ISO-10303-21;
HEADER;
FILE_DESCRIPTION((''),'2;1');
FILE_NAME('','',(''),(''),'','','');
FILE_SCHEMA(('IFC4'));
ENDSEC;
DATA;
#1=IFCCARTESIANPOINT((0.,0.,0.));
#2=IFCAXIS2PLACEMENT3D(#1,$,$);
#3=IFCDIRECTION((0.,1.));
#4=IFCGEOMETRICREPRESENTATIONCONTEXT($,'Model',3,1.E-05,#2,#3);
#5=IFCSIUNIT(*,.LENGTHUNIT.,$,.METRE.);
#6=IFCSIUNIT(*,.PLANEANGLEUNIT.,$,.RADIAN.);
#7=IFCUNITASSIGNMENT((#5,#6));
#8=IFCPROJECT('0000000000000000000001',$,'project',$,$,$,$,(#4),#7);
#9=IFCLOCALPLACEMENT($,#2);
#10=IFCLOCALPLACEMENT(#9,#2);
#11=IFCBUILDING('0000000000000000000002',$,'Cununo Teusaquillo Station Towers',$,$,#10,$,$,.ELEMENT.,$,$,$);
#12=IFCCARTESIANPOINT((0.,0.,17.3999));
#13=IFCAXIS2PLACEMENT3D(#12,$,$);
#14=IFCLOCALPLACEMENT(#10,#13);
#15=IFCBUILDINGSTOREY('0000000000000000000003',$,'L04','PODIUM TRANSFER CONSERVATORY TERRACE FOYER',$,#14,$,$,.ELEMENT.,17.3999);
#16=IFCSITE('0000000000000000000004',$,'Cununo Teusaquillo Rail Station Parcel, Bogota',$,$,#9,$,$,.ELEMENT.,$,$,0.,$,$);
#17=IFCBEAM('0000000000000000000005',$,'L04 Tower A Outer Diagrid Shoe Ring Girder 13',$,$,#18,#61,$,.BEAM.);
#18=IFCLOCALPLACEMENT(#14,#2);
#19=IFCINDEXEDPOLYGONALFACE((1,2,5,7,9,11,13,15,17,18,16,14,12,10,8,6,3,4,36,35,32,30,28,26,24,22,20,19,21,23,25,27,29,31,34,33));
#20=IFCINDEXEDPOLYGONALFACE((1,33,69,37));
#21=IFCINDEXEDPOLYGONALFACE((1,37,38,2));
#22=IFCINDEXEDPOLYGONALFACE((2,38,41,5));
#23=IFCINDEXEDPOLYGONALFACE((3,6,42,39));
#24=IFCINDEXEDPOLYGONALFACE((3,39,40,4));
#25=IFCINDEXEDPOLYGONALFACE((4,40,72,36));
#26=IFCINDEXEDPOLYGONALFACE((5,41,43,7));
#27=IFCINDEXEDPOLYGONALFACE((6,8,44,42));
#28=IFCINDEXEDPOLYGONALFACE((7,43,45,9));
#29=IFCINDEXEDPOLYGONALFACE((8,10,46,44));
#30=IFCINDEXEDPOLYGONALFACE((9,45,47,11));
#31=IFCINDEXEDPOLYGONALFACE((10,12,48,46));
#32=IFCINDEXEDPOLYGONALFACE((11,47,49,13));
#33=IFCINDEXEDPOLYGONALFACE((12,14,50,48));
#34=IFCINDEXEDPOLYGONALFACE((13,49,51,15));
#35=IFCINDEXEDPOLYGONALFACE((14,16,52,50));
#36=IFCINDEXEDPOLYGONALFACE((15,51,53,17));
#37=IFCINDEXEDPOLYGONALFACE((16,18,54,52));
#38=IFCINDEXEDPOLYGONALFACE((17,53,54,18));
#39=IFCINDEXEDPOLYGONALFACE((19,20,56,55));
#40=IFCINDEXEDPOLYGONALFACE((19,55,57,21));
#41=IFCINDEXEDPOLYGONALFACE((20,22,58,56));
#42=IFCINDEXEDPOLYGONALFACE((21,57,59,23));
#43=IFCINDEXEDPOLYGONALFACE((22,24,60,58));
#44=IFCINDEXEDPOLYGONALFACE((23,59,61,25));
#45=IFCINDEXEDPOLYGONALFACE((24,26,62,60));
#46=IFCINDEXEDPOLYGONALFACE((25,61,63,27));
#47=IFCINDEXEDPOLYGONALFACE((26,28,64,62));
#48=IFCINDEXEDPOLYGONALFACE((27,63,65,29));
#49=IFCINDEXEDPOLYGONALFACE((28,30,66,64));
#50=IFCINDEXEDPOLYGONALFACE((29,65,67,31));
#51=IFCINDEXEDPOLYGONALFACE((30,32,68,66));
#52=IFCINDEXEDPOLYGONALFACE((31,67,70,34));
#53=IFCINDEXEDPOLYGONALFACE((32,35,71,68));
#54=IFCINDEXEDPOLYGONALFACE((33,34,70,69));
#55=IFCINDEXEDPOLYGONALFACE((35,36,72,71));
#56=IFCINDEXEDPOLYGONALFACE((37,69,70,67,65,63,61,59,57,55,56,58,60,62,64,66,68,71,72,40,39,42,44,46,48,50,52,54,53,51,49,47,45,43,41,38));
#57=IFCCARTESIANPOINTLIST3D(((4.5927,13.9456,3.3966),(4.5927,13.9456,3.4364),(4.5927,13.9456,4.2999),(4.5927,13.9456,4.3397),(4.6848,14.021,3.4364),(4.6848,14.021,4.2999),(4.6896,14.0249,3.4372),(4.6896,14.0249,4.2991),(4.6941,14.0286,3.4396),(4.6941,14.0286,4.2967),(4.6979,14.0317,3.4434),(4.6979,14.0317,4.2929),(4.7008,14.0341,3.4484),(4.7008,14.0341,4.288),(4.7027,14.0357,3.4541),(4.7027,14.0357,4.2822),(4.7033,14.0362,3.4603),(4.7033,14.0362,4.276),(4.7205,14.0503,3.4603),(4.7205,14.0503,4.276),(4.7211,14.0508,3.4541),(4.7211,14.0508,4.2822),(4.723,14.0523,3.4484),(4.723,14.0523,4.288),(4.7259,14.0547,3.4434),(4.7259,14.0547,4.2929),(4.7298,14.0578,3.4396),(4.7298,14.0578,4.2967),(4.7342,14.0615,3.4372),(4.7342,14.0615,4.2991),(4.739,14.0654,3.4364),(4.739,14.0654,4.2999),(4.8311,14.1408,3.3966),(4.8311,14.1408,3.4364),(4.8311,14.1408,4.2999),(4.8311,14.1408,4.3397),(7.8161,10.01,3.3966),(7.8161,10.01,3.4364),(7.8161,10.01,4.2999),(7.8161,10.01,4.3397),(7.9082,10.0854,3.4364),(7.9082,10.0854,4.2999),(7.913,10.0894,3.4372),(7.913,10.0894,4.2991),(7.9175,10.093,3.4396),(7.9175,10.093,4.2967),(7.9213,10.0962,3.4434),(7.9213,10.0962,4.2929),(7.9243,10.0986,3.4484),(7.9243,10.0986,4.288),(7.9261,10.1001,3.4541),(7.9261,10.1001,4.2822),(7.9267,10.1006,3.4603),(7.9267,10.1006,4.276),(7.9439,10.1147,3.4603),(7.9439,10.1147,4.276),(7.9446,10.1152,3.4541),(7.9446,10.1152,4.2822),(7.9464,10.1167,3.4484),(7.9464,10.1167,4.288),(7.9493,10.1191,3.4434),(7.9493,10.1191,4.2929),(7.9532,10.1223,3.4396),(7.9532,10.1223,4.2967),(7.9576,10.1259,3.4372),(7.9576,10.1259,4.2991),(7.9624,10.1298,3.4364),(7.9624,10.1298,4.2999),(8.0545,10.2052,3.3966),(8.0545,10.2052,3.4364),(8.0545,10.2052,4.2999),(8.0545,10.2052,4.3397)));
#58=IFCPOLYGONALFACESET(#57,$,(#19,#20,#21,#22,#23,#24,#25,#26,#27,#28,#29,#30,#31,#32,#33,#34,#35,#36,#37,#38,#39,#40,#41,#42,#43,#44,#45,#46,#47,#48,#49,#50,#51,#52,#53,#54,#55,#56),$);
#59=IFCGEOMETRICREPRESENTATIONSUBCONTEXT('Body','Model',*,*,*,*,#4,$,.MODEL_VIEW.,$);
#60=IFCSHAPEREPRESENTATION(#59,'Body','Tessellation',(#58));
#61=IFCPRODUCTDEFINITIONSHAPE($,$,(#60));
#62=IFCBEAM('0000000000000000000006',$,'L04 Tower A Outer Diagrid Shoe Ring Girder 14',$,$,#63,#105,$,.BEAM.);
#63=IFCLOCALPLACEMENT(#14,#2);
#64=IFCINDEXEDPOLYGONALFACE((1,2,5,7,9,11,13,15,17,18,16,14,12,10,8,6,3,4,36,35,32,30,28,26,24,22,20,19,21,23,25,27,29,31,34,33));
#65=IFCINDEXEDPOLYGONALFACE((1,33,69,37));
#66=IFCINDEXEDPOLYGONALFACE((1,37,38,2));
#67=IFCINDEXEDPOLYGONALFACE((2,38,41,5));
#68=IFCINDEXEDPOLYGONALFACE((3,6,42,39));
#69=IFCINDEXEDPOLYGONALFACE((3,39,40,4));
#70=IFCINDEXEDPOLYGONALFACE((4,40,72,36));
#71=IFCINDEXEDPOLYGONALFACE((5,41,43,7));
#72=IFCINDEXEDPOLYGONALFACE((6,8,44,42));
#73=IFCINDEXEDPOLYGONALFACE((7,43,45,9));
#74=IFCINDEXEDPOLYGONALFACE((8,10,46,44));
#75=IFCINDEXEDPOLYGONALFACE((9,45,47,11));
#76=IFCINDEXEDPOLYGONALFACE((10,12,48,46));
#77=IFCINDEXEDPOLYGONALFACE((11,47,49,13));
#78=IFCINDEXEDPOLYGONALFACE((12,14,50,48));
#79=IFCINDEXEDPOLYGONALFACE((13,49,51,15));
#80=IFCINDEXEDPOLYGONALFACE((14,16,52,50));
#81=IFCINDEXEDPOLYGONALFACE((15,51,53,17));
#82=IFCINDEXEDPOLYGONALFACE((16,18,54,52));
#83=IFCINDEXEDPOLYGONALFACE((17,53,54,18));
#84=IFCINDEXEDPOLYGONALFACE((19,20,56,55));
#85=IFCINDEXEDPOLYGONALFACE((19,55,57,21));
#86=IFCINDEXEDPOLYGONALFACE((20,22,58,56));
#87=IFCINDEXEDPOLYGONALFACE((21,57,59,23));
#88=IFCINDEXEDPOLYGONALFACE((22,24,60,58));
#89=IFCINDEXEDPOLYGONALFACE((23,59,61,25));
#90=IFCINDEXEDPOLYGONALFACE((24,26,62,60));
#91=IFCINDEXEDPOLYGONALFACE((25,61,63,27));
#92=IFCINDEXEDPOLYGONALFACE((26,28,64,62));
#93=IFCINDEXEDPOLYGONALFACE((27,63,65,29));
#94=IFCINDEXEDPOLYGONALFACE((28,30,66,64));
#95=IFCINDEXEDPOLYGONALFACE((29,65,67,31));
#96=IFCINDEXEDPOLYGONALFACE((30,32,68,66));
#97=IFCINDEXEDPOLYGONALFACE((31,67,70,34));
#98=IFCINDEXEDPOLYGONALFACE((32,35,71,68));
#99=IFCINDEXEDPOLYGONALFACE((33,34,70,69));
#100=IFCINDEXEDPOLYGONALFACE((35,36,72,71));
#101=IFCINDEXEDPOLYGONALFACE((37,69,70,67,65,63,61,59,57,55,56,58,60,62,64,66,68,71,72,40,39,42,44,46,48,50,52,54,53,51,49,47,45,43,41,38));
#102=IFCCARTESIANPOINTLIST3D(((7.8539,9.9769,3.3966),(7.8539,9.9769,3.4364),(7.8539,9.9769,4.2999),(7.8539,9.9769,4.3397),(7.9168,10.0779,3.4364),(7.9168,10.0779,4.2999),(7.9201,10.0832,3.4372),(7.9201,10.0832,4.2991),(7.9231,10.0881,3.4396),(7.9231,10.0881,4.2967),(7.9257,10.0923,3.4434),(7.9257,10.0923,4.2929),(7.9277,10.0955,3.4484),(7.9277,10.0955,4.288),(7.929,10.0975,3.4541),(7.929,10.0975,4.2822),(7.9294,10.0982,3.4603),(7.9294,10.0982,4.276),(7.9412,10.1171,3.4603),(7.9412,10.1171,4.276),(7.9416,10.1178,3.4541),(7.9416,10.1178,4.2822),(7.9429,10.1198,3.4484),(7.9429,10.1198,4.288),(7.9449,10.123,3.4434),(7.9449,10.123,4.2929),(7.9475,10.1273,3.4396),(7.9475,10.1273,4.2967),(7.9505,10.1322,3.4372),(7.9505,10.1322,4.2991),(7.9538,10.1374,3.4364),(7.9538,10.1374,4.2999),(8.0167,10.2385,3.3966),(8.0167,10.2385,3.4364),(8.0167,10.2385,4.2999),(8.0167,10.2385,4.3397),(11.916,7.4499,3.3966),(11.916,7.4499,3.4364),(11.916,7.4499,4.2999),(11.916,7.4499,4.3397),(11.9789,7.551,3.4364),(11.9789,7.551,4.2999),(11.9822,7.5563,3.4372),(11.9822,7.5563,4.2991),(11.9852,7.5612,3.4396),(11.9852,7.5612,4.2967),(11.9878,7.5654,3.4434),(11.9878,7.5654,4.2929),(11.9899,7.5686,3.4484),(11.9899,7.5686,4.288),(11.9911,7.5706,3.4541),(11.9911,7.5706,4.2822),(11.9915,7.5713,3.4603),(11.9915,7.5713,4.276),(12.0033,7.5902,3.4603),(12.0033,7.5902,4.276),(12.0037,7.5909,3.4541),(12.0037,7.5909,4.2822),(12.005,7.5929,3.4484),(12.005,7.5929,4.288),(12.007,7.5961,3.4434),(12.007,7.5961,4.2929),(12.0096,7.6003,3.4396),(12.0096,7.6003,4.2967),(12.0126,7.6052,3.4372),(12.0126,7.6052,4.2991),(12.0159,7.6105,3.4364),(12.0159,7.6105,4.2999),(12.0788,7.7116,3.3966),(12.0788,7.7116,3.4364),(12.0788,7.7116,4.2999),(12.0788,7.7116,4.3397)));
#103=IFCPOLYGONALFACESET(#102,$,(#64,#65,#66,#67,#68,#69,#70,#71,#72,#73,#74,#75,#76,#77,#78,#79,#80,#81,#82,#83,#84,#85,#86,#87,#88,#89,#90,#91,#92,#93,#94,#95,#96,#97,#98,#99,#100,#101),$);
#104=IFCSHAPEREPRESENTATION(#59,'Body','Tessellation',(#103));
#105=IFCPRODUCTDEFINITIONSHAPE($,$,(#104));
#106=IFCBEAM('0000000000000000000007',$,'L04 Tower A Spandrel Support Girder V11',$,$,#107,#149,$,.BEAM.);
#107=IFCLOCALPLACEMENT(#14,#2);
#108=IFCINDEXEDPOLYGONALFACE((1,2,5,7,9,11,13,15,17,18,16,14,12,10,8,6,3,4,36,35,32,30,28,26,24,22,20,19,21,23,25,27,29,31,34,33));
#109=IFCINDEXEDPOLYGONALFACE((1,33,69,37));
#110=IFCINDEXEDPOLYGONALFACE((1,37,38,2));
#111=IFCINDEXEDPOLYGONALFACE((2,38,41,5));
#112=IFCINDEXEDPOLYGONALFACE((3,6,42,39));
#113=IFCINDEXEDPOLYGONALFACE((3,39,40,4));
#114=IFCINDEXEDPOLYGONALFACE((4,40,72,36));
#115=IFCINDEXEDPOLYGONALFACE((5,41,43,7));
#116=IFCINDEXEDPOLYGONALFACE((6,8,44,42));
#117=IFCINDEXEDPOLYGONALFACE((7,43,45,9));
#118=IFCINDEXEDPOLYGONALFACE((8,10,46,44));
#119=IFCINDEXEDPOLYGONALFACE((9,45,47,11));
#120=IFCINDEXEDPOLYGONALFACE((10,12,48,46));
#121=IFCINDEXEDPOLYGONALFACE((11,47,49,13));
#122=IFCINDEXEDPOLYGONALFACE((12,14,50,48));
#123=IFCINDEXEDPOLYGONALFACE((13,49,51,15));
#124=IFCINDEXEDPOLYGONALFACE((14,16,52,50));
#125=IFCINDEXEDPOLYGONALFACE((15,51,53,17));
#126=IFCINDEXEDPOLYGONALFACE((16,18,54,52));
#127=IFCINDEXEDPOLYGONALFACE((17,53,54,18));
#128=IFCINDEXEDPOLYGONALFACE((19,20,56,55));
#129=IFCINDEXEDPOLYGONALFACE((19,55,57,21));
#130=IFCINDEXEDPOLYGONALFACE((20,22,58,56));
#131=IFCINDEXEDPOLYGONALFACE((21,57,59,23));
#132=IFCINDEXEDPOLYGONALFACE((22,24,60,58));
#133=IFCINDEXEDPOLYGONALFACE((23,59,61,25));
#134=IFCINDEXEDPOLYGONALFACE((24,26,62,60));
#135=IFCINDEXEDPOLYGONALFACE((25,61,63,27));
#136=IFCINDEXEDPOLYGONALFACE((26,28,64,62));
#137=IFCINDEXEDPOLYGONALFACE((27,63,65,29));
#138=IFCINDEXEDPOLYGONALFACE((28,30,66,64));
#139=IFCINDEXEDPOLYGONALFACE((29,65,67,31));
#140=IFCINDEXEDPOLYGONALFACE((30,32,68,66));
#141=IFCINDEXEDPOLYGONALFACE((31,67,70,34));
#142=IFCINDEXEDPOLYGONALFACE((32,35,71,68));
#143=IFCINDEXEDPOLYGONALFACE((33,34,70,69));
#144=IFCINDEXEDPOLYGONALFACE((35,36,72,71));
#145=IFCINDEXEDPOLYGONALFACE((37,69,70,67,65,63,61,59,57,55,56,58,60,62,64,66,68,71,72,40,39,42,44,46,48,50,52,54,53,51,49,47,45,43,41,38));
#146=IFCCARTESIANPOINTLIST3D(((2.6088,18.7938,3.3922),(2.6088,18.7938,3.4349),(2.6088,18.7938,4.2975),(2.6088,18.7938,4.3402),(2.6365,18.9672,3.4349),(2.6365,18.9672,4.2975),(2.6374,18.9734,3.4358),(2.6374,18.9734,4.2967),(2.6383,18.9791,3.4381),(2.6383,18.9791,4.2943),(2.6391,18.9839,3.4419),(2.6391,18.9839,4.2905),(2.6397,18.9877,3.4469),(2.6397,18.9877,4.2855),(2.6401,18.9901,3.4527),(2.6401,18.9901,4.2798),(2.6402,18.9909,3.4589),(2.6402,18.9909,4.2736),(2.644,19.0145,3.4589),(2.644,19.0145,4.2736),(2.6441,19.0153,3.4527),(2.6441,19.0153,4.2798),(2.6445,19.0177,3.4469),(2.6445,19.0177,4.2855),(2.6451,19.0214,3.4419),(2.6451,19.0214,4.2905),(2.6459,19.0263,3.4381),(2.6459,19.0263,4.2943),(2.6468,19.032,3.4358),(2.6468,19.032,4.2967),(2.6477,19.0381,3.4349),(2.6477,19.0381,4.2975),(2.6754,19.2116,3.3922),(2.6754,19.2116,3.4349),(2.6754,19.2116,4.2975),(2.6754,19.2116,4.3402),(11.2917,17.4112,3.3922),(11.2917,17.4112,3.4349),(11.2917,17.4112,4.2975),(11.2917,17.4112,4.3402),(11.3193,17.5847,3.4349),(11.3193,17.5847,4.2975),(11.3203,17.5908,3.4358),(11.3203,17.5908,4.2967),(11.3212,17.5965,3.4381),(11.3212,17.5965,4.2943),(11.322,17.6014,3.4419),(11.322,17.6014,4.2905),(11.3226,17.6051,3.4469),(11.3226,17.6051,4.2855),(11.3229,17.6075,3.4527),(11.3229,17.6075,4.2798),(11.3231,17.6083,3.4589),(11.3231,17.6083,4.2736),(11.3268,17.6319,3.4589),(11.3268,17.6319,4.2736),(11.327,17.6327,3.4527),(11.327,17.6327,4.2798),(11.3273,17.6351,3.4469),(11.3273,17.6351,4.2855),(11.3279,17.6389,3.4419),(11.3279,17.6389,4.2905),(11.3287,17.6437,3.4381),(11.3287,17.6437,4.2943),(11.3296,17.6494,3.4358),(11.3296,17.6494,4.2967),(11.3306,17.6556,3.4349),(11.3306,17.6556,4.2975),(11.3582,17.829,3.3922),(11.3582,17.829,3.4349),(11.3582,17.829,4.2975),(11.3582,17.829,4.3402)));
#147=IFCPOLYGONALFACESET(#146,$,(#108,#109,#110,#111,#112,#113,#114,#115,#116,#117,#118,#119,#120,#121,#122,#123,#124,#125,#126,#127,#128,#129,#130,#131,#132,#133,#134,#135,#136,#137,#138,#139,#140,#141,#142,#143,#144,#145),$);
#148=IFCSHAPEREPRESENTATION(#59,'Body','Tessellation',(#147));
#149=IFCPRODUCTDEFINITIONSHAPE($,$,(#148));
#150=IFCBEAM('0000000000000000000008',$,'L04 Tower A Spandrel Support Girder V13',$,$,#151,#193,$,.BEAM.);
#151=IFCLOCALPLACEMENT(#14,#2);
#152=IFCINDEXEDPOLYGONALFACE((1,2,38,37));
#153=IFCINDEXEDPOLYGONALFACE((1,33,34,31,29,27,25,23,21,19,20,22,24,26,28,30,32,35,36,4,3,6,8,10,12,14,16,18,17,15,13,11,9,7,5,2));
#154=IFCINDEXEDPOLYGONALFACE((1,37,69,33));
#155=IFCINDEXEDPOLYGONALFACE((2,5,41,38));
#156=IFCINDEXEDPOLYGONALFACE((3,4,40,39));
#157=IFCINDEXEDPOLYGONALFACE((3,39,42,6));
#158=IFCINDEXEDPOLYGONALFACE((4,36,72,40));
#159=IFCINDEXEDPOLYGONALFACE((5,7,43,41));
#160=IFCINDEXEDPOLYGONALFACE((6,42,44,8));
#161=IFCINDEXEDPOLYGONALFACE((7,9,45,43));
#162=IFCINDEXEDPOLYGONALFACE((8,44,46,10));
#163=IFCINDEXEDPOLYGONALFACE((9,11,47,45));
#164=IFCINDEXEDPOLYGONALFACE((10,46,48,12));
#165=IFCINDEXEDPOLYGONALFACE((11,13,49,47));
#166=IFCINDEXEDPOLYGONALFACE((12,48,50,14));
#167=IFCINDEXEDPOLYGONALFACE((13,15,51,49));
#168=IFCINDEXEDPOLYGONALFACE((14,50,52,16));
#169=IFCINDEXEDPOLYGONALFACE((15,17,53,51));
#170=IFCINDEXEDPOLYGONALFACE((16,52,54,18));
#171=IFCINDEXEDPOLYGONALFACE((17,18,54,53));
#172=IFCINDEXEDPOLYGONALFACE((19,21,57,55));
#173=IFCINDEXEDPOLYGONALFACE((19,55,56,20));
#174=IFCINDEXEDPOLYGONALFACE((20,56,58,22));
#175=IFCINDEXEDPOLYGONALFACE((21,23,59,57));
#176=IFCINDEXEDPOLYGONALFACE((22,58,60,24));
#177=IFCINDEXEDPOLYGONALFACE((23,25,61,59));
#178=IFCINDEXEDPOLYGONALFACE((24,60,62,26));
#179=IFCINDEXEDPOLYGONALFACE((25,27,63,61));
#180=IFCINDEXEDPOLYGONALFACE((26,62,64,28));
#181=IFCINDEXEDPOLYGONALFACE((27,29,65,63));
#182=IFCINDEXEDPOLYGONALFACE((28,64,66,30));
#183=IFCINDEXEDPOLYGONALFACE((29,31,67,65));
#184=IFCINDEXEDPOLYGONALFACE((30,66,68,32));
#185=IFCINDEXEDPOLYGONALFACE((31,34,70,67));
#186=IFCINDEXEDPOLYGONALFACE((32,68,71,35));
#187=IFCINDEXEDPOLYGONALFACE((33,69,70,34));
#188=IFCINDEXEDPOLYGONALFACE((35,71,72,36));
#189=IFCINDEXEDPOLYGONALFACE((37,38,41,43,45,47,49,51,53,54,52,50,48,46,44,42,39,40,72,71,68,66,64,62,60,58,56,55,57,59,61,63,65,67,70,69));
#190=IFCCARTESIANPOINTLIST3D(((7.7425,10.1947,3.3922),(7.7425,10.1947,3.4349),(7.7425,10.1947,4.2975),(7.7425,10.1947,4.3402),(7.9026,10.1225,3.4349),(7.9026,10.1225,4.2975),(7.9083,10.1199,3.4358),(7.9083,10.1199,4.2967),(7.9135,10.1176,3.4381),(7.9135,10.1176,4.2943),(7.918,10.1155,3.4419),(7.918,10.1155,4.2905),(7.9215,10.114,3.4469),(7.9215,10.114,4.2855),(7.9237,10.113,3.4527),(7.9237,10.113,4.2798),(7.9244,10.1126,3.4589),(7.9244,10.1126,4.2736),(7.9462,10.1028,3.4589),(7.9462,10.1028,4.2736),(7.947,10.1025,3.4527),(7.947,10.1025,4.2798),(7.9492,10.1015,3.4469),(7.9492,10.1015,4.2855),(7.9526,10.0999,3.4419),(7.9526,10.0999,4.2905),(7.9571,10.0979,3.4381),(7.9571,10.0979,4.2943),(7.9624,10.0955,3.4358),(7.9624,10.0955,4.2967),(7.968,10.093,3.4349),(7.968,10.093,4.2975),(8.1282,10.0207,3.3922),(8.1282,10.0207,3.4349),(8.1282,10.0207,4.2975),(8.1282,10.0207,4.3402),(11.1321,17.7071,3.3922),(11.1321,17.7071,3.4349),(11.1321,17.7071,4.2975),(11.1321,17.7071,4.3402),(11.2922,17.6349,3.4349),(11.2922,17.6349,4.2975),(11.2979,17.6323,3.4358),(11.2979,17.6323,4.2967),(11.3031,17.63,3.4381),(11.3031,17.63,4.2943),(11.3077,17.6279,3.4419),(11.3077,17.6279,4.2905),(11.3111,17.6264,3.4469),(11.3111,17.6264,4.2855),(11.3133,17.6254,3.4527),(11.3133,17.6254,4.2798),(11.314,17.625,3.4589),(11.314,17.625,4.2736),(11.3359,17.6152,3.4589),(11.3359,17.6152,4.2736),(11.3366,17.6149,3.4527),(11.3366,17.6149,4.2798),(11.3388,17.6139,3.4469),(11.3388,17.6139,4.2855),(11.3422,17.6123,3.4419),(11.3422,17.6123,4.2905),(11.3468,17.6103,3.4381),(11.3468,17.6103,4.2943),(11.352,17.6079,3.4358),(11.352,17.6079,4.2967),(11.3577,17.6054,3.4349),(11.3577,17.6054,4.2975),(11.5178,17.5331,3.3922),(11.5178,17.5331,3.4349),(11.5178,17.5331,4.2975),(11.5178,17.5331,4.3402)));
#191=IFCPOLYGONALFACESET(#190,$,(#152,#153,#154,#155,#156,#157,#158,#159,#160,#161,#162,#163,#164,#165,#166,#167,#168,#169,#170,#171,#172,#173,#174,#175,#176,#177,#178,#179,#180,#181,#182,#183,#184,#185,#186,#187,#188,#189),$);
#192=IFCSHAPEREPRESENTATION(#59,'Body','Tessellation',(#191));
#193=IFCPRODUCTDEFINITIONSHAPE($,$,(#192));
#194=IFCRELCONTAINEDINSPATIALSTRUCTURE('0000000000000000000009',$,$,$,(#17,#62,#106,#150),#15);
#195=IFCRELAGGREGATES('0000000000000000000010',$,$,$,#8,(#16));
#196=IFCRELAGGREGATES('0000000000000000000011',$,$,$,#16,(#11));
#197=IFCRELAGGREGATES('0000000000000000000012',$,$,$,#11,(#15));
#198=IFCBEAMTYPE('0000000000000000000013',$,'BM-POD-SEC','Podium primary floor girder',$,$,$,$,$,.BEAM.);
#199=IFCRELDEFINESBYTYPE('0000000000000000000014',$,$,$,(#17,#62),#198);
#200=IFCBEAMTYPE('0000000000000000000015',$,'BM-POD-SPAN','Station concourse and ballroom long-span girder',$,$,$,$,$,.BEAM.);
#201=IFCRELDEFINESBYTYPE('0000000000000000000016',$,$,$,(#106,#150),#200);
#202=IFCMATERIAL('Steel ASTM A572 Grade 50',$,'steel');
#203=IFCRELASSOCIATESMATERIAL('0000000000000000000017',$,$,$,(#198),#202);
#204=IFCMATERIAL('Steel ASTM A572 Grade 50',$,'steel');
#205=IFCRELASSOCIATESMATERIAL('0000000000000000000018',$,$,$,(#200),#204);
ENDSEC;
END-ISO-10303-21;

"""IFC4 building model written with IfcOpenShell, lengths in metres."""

from ifc_helpers import new_model, si_unit, direction, frame, origin, origin_2d, place, context, subcontext, project, spatial, i_section, extrude, material, material_profile, profile_set, type_object, element, save


model = new_model("IFC4")

# Units and contexts
model_context = context("Model", 3, precision=1e-05, world=origin(), true_north=direction((0.0, 1.0)))
body_context = subcontext(model_context, "Body", "Model", "MODEL_VIEW")
ifc_project = project(units=[si_unit("LENGTHUNIT", "METRE"), si_unit("PLANEANGLEUNIT", "RADIAN")], contexts=[model_context])

# Site, building, storey
site_placement = place(None, origin())
site = spatial("IfcSite", under=ifc_project, at=site_placement, Name="Cununo Teusaquillo Rail Station Parcel, Bogota", CompositionType="ELEMENT", RefElevation=0.0)
building_placement = place(site_placement, origin())
building = spatial("IfcBuilding", under=site, at=building_placement, Name="Cununo Teusaquillo Station Towers", CompositionType="ELEMENT")
storey_placement = place(building_placement, frame((0.0, 0.0, 17.3999)))
storey = spatial("IfcBuildingStorey", under=building, at=storey_placement, Name="L04", Description="PODIUM TRANSFER CONSERVATORY TERRACE FOYER", CompositionType="ELEMENT", Elevation=17.3999)

# Beams
ifc_material_1 = material(Name="Steel ASTM A572 Grade 50", Category="steel")
ifc_material_profile_1 = material_profile(ifc_material_1, i_section(OverallWidth=0.3081, OverallDepth=0.9431, WebThickness=0.0222, FlangeThickness=0.0398, FilletRadius=0.0239, at=origin_2d()), Name="W36X232")
ifc_profile_set_1 = profile_set([ifc_material_profile_1], Name="Steel ASTM A572 Grade 50")
beam_type_1 = type_object("IfcBeamType", Name="BM-POD-SEC", Description="Podium primary floor girder", PredefinedType="BEAM", material=ifc_profile_set_1)
beam_1_placement = place(storey_placement, frame((4.7119, 14.0432, 3.8682), z_axis=(0.633638, -0.77363, 0.0), x_axis=(0.77363, 0.633638, 0.0)))
element("IfcBeam", 1, at=beam_1_placement, inside=storey, type_object=beam_type_1, Name="L04 Tower A Outer Diagrid Shoe Ring Girder 13", PredefinedType="BEAM", context=body_context, shape_type="SweptSolid", body=[
    extrude(i_section(OverallWidth=0.3081, OverallDepth=0.9431, WebThickness=0.0222, FlangeThickness=0.0398, FilletRadius=0.0239, at=origin_2d()), origin(), (0.0, 0.0, 1.0), 5.0872),
])
beam_2_placement = place(storey_placement, frame((7.9353, 10.1077, 3.8682), z_axis=(0.849115, -0.528209, 0.0), x_axis=(0.528209, 0.849115, 0.0)))
element("IfcBeam", 2, at=beam_2_placement, inside=storey, type_object=beam_type_1, Name="L04 Tower A Outer Diagrid Shoe Ring Girder 14", PredefinedType="BEAM", context=body_context, shape_type="SweptSolid", body=[
    extrude(i_section(OverallWidth=0.3081, OverallDepth=0.9431, WebThickness=0.0222, FlangeThickness=0.0398, FilletRadius=0.0239, at=origin_2d()), origin(), (0.0, 0.0, 1.0), 4.7839),
])
ifc_material_2 = material(Name="Steel ASTM A572 Grade 50", Category="steel")
ifc_material_profile_2 = material_profile(ifc_material_2, i_section(OverallWidth=0.4231, OverallDepth=0.948, WebThickness=0.0239, FlangeThickness=0.0427, FilletRadius=0.0239, at=origin_2d()), Name="W36X302")
ifc_profile_set_2 = profile_set([ifc_material_profile_2], Name="Steel ASTM A572 Grade 50")
beam_type_2 = type_object("IfcBeamType", Name="BM-POD-SPAN", Description="Station concourse and ballroom long-span girder", PredefinedType="BEAM", material=ifc_profile_set_2)
beam_3_placement = place(storey_placement, frame((11.325, 17.6201, 3.8662), z_axis=(-0.987559, 0.157249, 0.0), x_axis=(-0.157249, -0.987559, 0.0)))
element("IfcBeam", 3, at=beam_3_placement, inside=storey, type_object=beam_type_2, Name="L04 Tower A Spandrel Support Girder V11", PredefinedType="BEAM", context=body_context, shape_type="SweptSolid", body=[
    extrude(i_section(OverallWidth=0.4231, OverallDepth=0.948, WebThickness=0.0239, FlangeThickness=0.0427, FilletRadius=0.0239, at=origin_2d()), origin(), (0.0, 0.0, 1.0), 8.7922),
])
beam_4_placement = place(storey_placement, frame((11.325, 17.6201, 3.8662), z_axis=(-0.411277, -0.91151, 0.0), x_axis=(0.91151, -0.411277, 0.0)))
element("IfcBeam", 4, at=beam_4_placement, inside=storey, type_object=beam_type_2, Name="L04 Tower A Spandrel Support Girder V13", PredefinedType="BEAM", context=body_context, shape_type="SweptSolid", body=[
    extrude(i_section(OverallWidth=0.4231, OverallDepth=0.948, WebThickness=0.0239, FlangeThickness=0.0427, FilletRadius=0.0239, at=origin_2d()), origin(), (0.0, 0.0, 1.0), 8.2417),
])

save(model, "model.ifc")
